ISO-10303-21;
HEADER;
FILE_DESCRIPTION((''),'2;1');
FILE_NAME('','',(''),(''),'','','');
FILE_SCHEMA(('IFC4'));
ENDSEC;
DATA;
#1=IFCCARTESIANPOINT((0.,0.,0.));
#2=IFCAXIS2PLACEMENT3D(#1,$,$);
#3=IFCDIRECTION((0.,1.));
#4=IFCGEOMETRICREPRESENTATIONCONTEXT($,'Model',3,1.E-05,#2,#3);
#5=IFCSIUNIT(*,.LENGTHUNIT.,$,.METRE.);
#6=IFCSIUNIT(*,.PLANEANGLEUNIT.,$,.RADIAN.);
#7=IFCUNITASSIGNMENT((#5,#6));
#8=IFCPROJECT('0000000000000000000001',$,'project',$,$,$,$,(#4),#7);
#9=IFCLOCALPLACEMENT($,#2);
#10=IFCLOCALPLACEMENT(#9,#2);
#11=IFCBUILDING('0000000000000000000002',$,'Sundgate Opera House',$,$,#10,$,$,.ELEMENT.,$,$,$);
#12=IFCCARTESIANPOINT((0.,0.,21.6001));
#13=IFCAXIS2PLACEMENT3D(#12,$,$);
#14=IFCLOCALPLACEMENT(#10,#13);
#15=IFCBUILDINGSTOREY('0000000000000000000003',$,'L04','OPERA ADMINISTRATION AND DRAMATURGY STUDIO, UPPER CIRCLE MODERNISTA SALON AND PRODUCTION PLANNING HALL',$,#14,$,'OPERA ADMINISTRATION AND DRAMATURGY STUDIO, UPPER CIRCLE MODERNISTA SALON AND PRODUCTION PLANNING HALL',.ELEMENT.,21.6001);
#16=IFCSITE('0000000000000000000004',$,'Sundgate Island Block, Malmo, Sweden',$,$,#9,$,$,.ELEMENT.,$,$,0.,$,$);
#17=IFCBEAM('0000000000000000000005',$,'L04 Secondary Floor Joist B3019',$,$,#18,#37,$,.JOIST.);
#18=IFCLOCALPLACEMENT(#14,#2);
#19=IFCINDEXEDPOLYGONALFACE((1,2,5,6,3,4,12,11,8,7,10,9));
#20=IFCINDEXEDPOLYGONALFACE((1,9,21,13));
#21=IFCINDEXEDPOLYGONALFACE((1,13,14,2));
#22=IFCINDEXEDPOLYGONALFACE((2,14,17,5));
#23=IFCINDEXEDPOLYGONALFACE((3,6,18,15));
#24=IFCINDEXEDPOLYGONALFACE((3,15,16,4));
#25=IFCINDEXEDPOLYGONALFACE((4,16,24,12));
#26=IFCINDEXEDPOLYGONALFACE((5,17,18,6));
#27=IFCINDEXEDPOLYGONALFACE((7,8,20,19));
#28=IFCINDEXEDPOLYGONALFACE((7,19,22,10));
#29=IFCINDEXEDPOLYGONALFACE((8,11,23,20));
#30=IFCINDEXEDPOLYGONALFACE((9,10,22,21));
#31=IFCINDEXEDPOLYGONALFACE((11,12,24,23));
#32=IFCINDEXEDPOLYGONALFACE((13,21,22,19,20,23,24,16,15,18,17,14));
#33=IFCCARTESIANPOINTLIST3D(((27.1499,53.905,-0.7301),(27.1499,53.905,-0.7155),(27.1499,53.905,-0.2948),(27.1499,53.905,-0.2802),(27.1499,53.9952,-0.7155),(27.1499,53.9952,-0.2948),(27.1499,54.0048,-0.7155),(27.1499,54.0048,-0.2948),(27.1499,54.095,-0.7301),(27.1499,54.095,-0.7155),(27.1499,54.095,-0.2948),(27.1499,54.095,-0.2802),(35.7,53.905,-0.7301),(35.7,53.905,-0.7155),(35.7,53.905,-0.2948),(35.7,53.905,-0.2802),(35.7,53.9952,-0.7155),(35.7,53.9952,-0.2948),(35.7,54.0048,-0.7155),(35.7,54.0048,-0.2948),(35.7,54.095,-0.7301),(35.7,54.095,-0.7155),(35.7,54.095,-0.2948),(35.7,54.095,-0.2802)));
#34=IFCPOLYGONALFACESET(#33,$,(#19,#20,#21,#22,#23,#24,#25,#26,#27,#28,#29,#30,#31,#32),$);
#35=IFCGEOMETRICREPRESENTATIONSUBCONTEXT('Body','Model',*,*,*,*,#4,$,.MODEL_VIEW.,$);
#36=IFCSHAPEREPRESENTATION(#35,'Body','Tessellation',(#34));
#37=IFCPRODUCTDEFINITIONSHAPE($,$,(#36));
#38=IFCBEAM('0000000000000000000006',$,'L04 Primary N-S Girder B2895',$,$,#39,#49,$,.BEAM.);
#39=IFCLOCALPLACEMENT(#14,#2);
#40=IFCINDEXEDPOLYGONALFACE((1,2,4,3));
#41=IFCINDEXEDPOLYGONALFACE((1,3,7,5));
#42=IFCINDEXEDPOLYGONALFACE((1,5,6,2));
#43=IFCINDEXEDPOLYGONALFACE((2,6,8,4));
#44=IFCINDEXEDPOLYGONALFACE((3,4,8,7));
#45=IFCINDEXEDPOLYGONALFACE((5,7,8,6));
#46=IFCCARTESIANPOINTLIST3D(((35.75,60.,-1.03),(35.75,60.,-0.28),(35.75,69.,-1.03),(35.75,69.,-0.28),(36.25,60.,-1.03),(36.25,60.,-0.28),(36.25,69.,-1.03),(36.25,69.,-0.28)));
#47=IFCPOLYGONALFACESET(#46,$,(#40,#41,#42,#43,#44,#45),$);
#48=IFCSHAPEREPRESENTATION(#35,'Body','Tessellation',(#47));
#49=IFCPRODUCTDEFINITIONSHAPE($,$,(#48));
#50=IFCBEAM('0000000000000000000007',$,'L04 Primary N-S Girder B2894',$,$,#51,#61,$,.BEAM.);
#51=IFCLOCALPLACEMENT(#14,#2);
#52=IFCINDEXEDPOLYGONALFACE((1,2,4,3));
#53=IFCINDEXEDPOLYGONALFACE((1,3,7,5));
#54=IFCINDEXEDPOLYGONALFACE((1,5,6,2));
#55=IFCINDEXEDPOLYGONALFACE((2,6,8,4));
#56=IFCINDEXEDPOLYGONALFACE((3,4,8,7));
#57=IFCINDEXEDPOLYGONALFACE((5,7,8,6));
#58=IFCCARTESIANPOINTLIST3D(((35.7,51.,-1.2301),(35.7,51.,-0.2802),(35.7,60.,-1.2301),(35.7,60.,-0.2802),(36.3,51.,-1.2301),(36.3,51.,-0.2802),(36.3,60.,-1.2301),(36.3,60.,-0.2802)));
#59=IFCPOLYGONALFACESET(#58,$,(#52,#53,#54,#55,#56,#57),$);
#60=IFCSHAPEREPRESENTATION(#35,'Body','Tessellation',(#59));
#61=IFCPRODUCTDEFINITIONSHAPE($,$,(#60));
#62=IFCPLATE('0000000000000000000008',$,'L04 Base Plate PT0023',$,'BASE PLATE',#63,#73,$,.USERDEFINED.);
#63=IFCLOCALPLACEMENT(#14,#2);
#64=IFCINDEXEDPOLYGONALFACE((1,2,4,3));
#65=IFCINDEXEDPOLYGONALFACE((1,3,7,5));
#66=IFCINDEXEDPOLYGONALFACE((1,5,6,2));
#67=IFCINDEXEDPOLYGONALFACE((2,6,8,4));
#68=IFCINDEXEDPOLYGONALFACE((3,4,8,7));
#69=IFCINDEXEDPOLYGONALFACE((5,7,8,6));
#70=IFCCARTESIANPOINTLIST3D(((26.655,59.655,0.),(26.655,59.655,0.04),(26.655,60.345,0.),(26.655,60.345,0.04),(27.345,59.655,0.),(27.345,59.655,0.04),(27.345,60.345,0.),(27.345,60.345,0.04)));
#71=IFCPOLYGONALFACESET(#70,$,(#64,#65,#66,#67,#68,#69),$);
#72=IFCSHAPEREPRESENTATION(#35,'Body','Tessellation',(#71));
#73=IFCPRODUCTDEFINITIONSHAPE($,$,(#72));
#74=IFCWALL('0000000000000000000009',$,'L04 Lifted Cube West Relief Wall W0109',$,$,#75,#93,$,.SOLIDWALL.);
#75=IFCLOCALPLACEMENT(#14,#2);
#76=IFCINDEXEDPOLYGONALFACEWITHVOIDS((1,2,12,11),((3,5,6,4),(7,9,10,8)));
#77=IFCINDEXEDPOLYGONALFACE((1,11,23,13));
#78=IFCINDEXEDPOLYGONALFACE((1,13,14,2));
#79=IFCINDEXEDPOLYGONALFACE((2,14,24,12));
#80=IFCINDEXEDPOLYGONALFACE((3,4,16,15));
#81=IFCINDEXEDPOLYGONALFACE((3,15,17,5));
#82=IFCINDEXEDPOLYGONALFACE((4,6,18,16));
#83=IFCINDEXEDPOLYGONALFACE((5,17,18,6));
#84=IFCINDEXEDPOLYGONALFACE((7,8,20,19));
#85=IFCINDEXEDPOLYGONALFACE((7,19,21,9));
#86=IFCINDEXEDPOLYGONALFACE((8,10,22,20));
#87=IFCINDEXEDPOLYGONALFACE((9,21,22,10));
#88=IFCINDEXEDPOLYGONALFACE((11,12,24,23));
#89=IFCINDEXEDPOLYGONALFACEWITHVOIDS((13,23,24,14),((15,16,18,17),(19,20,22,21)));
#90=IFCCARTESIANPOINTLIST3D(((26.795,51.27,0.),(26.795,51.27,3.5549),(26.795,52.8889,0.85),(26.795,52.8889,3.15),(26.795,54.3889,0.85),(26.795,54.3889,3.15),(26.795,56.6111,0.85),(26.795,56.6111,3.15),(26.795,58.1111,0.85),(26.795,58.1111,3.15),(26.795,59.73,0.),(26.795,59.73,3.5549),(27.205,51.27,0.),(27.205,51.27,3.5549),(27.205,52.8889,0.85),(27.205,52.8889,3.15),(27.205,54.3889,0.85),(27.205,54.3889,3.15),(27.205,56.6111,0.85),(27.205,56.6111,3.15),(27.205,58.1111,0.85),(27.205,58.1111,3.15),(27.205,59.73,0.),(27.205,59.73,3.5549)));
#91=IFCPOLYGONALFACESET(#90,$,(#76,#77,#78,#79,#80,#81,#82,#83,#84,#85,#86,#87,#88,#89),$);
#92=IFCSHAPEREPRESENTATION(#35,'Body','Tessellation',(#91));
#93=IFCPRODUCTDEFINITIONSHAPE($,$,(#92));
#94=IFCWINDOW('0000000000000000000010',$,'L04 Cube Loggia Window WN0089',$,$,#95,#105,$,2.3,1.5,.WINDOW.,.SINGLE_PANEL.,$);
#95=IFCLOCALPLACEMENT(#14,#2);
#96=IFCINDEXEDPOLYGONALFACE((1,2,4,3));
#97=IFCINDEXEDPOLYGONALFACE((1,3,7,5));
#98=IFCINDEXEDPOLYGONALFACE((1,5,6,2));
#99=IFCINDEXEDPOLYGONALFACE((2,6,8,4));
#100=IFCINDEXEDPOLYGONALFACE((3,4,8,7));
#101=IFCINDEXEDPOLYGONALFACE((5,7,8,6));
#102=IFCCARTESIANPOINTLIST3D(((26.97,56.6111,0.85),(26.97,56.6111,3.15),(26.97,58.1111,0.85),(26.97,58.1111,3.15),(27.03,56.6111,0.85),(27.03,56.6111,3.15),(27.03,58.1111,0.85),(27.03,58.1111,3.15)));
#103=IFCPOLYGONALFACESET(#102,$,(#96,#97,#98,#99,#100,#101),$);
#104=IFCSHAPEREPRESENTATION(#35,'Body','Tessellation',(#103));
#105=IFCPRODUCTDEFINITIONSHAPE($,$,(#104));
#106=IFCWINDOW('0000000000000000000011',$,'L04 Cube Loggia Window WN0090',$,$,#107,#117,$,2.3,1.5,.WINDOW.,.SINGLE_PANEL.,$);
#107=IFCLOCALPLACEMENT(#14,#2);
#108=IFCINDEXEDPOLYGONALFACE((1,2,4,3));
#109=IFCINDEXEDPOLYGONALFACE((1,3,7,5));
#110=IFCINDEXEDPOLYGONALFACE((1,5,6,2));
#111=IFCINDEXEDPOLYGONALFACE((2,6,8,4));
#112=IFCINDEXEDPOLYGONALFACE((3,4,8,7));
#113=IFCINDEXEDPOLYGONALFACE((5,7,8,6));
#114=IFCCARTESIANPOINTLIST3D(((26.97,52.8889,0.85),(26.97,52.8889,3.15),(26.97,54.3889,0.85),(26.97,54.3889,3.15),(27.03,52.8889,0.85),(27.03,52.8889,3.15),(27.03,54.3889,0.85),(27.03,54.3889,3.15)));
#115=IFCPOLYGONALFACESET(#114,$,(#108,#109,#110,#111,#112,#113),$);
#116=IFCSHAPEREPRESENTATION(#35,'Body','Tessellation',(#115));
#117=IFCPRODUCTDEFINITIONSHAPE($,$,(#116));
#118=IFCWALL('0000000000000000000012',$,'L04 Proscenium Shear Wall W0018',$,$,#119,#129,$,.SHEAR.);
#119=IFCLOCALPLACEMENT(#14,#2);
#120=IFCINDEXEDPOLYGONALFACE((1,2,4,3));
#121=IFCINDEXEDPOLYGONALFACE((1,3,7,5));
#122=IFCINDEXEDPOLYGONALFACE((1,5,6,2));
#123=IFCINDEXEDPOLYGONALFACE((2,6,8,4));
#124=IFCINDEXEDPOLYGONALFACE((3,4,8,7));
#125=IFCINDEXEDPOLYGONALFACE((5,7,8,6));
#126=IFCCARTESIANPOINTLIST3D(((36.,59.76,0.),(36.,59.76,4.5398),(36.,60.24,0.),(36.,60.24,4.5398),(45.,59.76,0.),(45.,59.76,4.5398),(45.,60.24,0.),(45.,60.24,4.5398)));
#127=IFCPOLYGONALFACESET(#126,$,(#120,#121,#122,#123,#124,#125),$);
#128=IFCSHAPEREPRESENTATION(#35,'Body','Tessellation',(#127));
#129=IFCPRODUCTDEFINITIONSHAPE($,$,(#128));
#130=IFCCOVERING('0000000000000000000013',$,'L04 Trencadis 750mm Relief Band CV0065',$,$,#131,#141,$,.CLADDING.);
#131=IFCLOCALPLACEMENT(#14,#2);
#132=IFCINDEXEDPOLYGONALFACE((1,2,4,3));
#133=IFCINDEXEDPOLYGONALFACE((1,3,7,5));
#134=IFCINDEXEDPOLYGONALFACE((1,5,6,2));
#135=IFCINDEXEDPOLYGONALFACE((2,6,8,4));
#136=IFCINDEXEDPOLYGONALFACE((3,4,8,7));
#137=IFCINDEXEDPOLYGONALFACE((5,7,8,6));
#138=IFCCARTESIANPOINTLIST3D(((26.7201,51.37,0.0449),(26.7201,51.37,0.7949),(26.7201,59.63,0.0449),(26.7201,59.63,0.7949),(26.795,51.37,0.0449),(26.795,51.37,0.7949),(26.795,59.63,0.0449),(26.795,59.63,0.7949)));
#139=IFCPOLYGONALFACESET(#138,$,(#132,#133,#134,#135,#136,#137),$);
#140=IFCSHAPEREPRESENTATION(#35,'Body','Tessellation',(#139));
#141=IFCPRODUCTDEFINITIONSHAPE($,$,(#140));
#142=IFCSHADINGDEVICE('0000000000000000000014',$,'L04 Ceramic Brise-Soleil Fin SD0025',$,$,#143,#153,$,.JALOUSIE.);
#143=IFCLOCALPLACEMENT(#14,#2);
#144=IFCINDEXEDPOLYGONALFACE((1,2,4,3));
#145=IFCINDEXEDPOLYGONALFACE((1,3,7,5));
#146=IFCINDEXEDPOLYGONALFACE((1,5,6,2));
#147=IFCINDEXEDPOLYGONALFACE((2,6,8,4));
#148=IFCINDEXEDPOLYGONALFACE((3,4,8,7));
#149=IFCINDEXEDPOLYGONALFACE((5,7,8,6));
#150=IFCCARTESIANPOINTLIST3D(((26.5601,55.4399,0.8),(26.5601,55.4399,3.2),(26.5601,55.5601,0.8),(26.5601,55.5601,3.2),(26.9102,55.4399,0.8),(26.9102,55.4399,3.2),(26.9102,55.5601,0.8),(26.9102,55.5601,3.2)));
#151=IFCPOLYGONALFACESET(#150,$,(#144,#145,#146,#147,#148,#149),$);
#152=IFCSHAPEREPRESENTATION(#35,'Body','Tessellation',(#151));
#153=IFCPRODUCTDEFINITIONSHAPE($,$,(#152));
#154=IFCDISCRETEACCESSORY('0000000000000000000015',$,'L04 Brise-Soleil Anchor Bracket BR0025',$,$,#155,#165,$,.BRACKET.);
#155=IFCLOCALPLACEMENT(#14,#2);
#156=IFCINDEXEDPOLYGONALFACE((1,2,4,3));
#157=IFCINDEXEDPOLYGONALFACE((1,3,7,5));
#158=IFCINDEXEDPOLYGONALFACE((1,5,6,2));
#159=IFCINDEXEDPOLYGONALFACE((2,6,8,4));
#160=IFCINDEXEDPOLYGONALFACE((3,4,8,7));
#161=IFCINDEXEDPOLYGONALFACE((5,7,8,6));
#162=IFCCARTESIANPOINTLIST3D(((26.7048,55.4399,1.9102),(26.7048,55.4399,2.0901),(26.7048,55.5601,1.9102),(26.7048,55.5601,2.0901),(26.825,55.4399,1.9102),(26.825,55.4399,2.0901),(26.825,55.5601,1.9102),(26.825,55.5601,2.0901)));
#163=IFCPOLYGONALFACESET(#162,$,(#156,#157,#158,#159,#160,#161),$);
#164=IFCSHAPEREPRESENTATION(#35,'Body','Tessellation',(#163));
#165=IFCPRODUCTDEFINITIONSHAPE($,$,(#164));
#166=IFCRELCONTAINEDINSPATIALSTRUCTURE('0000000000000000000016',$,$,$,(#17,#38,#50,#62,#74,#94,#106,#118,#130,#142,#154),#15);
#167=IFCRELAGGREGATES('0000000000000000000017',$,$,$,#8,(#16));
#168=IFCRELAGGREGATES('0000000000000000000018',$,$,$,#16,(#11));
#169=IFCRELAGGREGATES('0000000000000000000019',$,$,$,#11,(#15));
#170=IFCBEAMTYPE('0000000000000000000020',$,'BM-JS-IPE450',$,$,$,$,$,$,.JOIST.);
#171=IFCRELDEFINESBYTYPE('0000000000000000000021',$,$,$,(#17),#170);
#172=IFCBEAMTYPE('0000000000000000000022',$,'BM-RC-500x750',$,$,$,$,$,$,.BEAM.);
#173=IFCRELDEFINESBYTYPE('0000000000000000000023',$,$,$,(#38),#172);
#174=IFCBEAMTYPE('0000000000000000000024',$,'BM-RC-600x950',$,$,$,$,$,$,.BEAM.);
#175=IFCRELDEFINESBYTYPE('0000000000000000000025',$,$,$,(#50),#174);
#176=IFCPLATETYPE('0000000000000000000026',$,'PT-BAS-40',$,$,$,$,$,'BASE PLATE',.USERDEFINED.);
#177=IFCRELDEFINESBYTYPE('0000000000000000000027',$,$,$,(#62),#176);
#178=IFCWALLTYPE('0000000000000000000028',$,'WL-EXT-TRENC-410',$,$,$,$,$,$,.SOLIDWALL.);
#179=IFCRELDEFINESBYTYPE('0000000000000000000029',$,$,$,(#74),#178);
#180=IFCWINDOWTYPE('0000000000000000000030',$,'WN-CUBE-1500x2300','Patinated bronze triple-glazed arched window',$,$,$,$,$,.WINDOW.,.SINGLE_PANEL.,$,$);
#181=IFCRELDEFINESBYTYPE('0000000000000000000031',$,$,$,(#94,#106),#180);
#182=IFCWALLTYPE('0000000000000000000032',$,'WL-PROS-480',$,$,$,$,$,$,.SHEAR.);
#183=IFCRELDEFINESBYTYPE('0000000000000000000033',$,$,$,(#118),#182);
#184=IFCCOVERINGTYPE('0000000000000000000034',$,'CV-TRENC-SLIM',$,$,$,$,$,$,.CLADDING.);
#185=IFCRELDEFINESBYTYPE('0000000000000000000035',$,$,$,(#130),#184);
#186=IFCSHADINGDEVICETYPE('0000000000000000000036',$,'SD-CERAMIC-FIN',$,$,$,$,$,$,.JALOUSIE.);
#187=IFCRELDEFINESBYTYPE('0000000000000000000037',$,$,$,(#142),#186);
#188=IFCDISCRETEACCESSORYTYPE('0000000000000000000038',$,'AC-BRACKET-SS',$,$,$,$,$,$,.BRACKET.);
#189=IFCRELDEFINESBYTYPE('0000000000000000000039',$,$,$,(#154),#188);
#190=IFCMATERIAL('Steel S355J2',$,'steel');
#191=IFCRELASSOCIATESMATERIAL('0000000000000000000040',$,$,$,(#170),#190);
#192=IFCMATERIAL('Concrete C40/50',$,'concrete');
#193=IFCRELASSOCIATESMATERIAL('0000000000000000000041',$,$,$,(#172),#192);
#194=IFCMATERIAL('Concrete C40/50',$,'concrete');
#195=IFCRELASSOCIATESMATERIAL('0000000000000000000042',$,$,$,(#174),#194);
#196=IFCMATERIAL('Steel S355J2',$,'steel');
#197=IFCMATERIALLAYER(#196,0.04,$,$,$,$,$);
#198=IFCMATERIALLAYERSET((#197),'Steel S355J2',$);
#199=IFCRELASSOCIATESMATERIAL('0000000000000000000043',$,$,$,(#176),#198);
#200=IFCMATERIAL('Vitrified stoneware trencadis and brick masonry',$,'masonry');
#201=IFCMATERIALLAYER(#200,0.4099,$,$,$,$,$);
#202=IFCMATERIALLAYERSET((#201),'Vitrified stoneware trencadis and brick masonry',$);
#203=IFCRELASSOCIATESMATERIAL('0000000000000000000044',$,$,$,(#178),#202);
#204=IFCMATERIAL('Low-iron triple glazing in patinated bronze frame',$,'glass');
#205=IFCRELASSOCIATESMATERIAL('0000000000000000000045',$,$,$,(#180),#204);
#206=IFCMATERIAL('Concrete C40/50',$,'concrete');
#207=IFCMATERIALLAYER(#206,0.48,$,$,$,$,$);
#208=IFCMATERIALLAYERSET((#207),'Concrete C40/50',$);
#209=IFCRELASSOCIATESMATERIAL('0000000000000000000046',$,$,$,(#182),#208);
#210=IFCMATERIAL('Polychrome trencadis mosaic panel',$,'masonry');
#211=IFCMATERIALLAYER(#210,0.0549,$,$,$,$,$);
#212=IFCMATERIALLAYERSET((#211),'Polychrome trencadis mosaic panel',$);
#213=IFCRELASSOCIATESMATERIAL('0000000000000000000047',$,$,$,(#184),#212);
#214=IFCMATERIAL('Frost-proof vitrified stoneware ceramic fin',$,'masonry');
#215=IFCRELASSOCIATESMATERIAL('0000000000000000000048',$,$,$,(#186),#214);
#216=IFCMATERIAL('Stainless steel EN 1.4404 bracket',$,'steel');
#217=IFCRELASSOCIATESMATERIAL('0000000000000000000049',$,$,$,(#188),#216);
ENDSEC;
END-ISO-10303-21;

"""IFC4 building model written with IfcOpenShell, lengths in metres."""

from ifc_helpers import new_model, si_unit, direction, frame, frame_2d, origin, origin_2d, place, context, subcontext, project, spatial, rectangle, i_section, extrude, material, layer, layer_set, material_profile, profile_set, type_object, element, fill, save


model = new_model("IFC4")

# Units and contexts
model_context = context("Model", 3, precision=1e-05, world=origin(), true_north=direction((0.0, 1.0)))
body_context = subcontext(model_context, "Body", "Model", "MODEL_VIEW")
ifc_project = project(units=[si_unit("LENGTHUNIT", "METRE"), si_unit("PLANEANGLEUNIT", "RADIAN")], contexts=[model_context])

# Site, building, storey
site_placement = place(None, origin())
site = spatial("IfcSite", under=ifc_project, at=site_placement, Name="Sundgate Island Block, Malmo, Sweden", CompositionType="ELEMENT", RefElevation=0.0)
building_placement = place(site_placement, origin())
building = spatial("IfcBuilding", under=site, at=building_placement, Name="Sundgate Opera House", CompositionType="ELEMENT")
storey_placement = place(building_placement, frame((0.0, 0.0, 21.6001)))
storey = spatial("IfcBuildingStorey", under=building, at=storey_placement, Name="L04", Description="OPERA ADMINISTRATION AND DRAMATURGY STUDIO, UPPER CIRCLE MODERNISTA SALON AND PRODUCTION PLANNING HALL", LongName="OPERA ADMINISTRATION AND DRAMATURGY STUDIO, UPPER CIRCLE MODERNISTA SALON AND PRODUCTION PLANNING HALL", CompositionType="ELEMENT", Elevation=21.6001)

# Beams
ifc_material_1 = material(Name="Steel S355J2", Category="steel")
ifc_material_profile_1 = material_profile(ifc_material_1, i_section(OverallWidth=0.1899, OverallDepth=0.45, WebThickness=0.0095, FlangeThickness=0.0146, at=origin_2d()), Name="IPE 450")
ifc_profile_set_1 = profile_set([ifc_material_profile_1], Name="Steel S355J2")
beam_type_1 = type_object("IfcBeamType", Name="BM-JS-IPE450", PredefinedType="JOIST", material=ifc_profile_set_1)
beam_1_placement = place(storey_placement, frame((27.1499, 54.0, -0.5051), z_axis=(1.0, 0.0, 0.0), x_axis=(0.0, 1.0, 0.0)))
element("IfcBeam", 1, at=beam_1_placement, inside=storey, type_object=beam_type_1, Name="L04 Secondary Floor Joist B3019", PredefinedType="JOIST", context=body_context, shape_type="SweptSolid", body=[
    extrude(i_section(OverallWidth=0.1899, OverallDepth=0.45, WebThickness=0.0095, FlangeThickness=0.0146, at=origin_2d()), origin(), (0.0, 0.0, 1.0), 8.55),
])
ifc_material_2 = material(Name="Concrete C40/50", Category="concrete")
ifc_material_profile_2 = material_profile(ifc_material_2, rectangle(XDim=0.5, YDim=0.75, at=origin_2d()), Name="RC 500x750")
ifc_profile_set_2 = profile_set([ifc_material_profile_2], Name="Concrete C40/50")
beam_type_2 = type_object("IfcBeamType", Name="BM-RC-500x750", PredefinedType="BEAM", material=ifc_profile_set_2)
beam_2_placement = place(storey_placement, frame((36.0, 60.0, -0.655), z_axis=(0.0, 1.0, 0.0), x_axis=(-1.0, 0.0, 0.0)))
element("IfcBeam", 2, at=beam_2_placement, inside=storey, type_object=beam_type_2, Name="L04 Primary N-S Girder B2895", PredefinedType="BEAM", context=body_context, shape_type="SweptSolid", body=[
    extrude(rectangle(XDim=0.5, YDim=0.75, at=origin_2d()), origin(), (0.0, 0.0, 1.0), 9.0),
])
ifc_material_3 = material(Name="Concrete C40/50", Category="concrete")
ifc_material_profile_3 = material_profile(ifc_material_3, rectangle(XDim=0.6001, YDim=0.95, at=origin_2d()), Name="RC 600x950")
ifc_profile_set_3 = profile_set([ifc_material_profile_3], Name="Concrete C40/50")
beam_type_3 = type_object("IfcBeamType", Name="BM-RC-600x950", PredefinedType="BEAM", material=ifc_profile_set_3)
beam_3_placement = place(storey_placement, frame((36.0, 51.0, -0.7551), z_axis=(0.0, 1.0, 0.0), x_axis=(-1.0, 0.0, 0.0)))
element("IfcBeam", 3, at=beam_3_placement, inside=storey, type_object=beam_type_3, Name="L04 Primary N-S Girder B2894", PredefinedType="BEAM", context=body_context, shape_type="SweptSolid", body=[
    extrude(rectangle(XDim=0.6001, YDim=0.95, at=origin_2d()), origin(), (0.0, 0.0, 1.0), 9.0),
])

# Plate
ifc_material_4 = material(Name="Steel S355J2", Category="steel")
ifc_layer_1 = layer(ifc_material_4, 0.04)
ifc_layer_set_1 = layer_set([ifc_layer_1], Name="Steel S355J2")
plate_type = type_object("IfcPlateType", Name="PT-BAS-40", ElementType="BASE PLATE", PredefinedType="USERDEFINED", material=ifc_layer_set_1)
plate_placement = place(storey_placement, frame((27.0, 60.0, 0.0), z_axis=(0.0, 0.0, 1.0), x_axis=(1.0, 0.0, 0.0)))
element("IfcPlate", 4, at=plate_placement, inside=storey, type_object=plate_type, Name="L04 Base Plate PT0023", ObjectType="BASE PLATE", PredefinedType="USERDEFINED", context=body_context, shape_type="SweptSolid", body=[
    extrude(rectangle(XDim=0.6899, YDim=0.6899, at=origin_2d()), origin(), (0.0, 0.0, 1.0), 0.04),
])

# Wall, openings, windows
ifc_material_5 = material(Name="Vitrified stoneware trencadis and brick masonry", Category="masonry")
ifc_layer_2 = layer(ifc_material_5, 0.4099)
ifc_layer_set_2 = layer_set([ifc_layer_2], Name="Vitrified stoneware trencadis and brick masonry")
wall_type_1 = type_object("IfcWallType", Name="WL-EXT-TRENC-410", PredefinedType="SOLIDWALL", material=ifc_layer_set_2)
wall_1_placement = place(storey_placement, frame((27.0, 59.73, 0.0), z_axis=(0.0, 0.0, 1.0), x_axis=(0.0, -1.0, 0.0)))
wall_1 = element("IfcWall", 5, at=wall_1_placement, inside=storey, type_object=wall_type_1, Name="L04 Lifted Cube West Relief Wall W0109", PredefinedType="SOLIDWALL", context=body_context, shape_type="SweptSolid", body=[
    extrude(rectangle(XDim=8.46, YDim=0.4099, at=frame_2d((4.23, 0.0))), origin(), (0.0, 0.0, 1.0), 3.5549),
])
opening_1_placement = place(wall_1_placement, frame((1.6189, 0.0, 0.8501)))
opening_1 = element("IfcOpeningElement", 6, at=opening_1_placement, cuts=wall_1, PredefinedType="OPENING", context=body_context, shape_type="SweptSolid", body=[
    extrude(rectangle(XDim=1.5, YDim=2.3, at=frame_2d((0.75, 1.1499))), frame((0.0, 0.2148, 0.0), z_axis=(0.0, -1.0, 0.0), x_axis=(1.0, 0.0, 0.0)), (0.0, 0.0, 1.0), 0.4299),
])
opening_2_placement = place(wall_1_placement, frame((5.3411, 0.0, 0.8501)))
opening_2 = element("IfcOpeningElement", 7, at=opening_2_placement, cuts=wall_1, PredefinedType="OPENING", context=body_context, shape_type="SweptSolid", body=[
    extrude(rectangle(XDim=1.5, YDim=2.3, at=frame_2d((0.75, 1.1499))), frame((0.0, 0.2148, 0.0), z_axis=(0.0, -1.0, 0.0), x_axis=(1.0, 0.0, 0.0)), (0.0, 0.0, 1.0), 0.4299),
])
ifc_material_6 = material(Name="Low-iron triple glazing in patinated bronze frame", Category="glass")
window_type = type_object("IfcWindowType", Name="WN-CUBE-1500x2300", Description="Patinated bronze triple-glazed arched window", PartitioningType="SINGLE_PANEL", PredefinedType="WINDOW", material=ifc_material_6)
window_1_placement = place(opening_1_placement, origin())
window_1 = element("IfcWindow", 8, at=window_1_placement, inside=storey, type_object=window_type, Name="L04 Cube Loggia Window WN0089", OverallHeight=2.3, OverallWidth=1.5, PartitioningType="SINGLE_PANEL", PredefinedType="WINDOW", context=body_context, shape_type="SweptSolid", body=[
    extrude(rectangle(XDim=1.5, YDim=2.3, at=frame_2d((0.75, 1.1499))), frame((0.0, 0.03, 0.0), z_axis=(0.0, -1.0, 0.0), x_axis=(1.0, 0.0, 0.0)), (0.0, 0.0, 1.0), 0.0601),
])
fill(opening_1, window_1)
window_2_placement = place(opening_2_placement, origin())
window_2 = element("IfcWindow", 9, at=window_2_placement, inside=storey, type_object=window_type, Name="L04 Cube Loggia Window WN0090", OverallHeight=2.3, OverallWidth=1.5, PartitioningType="SINGLE_PANEL", PredefinedType="WINDOW", context=body_context, shape_type="SweptSolid", body=[
    extrude(rectangle(XDim=1.5, YDim=2.3, at=frame_2d((0.75, 1.1499))), frame((0.0, 0.03, 0.0), z_axis=(0.0, -1.0, 0.0), x_axis=(1.0, 0.0, 0.0)), (0.0, 0.0, 1.0), 0.0601),
])
fill(opening_2, window_2)

# Wall
ifc_material_7 = material(Name="Concrete C40/50", Category="concrete")
ifc_layer_3 = layer(ifc_material_7, 0.48)
ifc_layer_set_3 = layer_set([ifc_layer_3], Name="Concrete C40/50")
wall_type_2 = type_object("IfcWallType", Name="WL-PROS-480", PredefinedType="SHEAR", material=ifc_layer_set_3)
wall_2_placement = place(storey_placement, frame((36.0, 60.0, 0.0), z_axis=(0.0, 0.0, 1.0), x_axis=(1.0, 0.0, 0.0)))
element("IfcWall", 10, at=wall_2_placement, inside=storey, type_object=wall_type_2, Name="L04 Proscenium Shear Wall W0018", PredefinedType="SHEAR", context=body_context, shape_type="SweptSolid", body=[
    extrude(rectangle(XDim=9.0, YDim=0.48, at=frame_2d((4.5, 0.0))), origin(), (0.0, 0.0, 1.0), 4.5398),
])

# Covering
ifc_material_8 = material(Name="Polychrome trencadis mosaic panel", Category="masonry")
ifc_layer_4 = layer(ifc_material_8, 0.0549)
ifc_layer_set_4 = layer_set([ifc_layer_4], Name="Polychrome trencadis mosaic panel")
covering_type = type_object("IfcCoveringType", Name="CV-TRENC-SLIM", PredefinedType="CLADDING", material=ifc_layer_set_4)
covering_placement = place(storey_placement, frame((26.7576, 55.5, 0.0449), z_axis=(0.0, 0.0, 1.0), x_axis=(0.0, 1.0, 0.0)))
element("IfcCovering", 11, at=covering_placement, inside=storey, type_object=covering_type, Name="L04 Trencadis 750mm Relief Band CV0065", PredefinedType="CLADDING", context=body_context, shape_type="SweptSolid", body=[
    extrude(rectangle(XDim=8.26, YDim=0.075, at=origin_2d()), origin(), (0.0, 0.0, 1.0), 0.75),
])

# Shading device
ifc_material_9 = material(Name="Frost-proof vitrified stoneware ceramic fin", Category="masonry")
shading_device_type = type_object("IfcShadingDeviceType", Name="SD-CERAMIC-FIN", PredefinedType="JALOUSIE", material=ifc_material_9)
shading_device_placement = place(storey_placement, frame((26.7351, 55.5, 0.8), z_axis=(0.0, 0.0, 1.0), x_axis=(1.0, 0.0, 0.0)))
element("IfcShadingDevice", 12, at=shading_device_placement, inside=storey, type_object=shading_device_type, Name="L04 Ceramic Brise-Soleil Fin SD0025", PredefinedType="JALOUSIE", context=body_context, shape_type="SweptSolid", body=[
    extrude(rectangle(XDim=0.3501, YDim=0.1201, at=origin_2d()), origin(), (0.0, 0.0, 1.0), 2.3999),
])

# Discrete accessory
ifc_material_10 = material(Name="Stainless steel EN 1.4404 bracket", Category="steel")
discrete_accessory_type = type_object("IfcDiscreteAccessoryType", Name="AC-BRACKET-SS", PredefinedType="BRACKET", material=ifc_material_10)
discrete_accessory_placement = place(storey_placement, frame((26.7649, 55.5, 1.9102), z_axis=(0.0, 0.0, 1.0), x_axis=(1.0, 0.0, 0.0)))
element("IfcDiscreteAccessory", 13, at=discrete_accessory_placement, inside=storey, type_object=discrete_accessory_type, Name="L04 Brise-Soleil Anchor Bracket BR0025", PredefinedType="BRACKET", context=body_context, shape_type="SweptSolid", body=[
    extrude(rectangle(XDim=0.1201, YDim=0.1201, at=origin_2d()), origin(), (0.0, 0.0, 1.0), 0.1799),
])

save(model, "model.ifc")
